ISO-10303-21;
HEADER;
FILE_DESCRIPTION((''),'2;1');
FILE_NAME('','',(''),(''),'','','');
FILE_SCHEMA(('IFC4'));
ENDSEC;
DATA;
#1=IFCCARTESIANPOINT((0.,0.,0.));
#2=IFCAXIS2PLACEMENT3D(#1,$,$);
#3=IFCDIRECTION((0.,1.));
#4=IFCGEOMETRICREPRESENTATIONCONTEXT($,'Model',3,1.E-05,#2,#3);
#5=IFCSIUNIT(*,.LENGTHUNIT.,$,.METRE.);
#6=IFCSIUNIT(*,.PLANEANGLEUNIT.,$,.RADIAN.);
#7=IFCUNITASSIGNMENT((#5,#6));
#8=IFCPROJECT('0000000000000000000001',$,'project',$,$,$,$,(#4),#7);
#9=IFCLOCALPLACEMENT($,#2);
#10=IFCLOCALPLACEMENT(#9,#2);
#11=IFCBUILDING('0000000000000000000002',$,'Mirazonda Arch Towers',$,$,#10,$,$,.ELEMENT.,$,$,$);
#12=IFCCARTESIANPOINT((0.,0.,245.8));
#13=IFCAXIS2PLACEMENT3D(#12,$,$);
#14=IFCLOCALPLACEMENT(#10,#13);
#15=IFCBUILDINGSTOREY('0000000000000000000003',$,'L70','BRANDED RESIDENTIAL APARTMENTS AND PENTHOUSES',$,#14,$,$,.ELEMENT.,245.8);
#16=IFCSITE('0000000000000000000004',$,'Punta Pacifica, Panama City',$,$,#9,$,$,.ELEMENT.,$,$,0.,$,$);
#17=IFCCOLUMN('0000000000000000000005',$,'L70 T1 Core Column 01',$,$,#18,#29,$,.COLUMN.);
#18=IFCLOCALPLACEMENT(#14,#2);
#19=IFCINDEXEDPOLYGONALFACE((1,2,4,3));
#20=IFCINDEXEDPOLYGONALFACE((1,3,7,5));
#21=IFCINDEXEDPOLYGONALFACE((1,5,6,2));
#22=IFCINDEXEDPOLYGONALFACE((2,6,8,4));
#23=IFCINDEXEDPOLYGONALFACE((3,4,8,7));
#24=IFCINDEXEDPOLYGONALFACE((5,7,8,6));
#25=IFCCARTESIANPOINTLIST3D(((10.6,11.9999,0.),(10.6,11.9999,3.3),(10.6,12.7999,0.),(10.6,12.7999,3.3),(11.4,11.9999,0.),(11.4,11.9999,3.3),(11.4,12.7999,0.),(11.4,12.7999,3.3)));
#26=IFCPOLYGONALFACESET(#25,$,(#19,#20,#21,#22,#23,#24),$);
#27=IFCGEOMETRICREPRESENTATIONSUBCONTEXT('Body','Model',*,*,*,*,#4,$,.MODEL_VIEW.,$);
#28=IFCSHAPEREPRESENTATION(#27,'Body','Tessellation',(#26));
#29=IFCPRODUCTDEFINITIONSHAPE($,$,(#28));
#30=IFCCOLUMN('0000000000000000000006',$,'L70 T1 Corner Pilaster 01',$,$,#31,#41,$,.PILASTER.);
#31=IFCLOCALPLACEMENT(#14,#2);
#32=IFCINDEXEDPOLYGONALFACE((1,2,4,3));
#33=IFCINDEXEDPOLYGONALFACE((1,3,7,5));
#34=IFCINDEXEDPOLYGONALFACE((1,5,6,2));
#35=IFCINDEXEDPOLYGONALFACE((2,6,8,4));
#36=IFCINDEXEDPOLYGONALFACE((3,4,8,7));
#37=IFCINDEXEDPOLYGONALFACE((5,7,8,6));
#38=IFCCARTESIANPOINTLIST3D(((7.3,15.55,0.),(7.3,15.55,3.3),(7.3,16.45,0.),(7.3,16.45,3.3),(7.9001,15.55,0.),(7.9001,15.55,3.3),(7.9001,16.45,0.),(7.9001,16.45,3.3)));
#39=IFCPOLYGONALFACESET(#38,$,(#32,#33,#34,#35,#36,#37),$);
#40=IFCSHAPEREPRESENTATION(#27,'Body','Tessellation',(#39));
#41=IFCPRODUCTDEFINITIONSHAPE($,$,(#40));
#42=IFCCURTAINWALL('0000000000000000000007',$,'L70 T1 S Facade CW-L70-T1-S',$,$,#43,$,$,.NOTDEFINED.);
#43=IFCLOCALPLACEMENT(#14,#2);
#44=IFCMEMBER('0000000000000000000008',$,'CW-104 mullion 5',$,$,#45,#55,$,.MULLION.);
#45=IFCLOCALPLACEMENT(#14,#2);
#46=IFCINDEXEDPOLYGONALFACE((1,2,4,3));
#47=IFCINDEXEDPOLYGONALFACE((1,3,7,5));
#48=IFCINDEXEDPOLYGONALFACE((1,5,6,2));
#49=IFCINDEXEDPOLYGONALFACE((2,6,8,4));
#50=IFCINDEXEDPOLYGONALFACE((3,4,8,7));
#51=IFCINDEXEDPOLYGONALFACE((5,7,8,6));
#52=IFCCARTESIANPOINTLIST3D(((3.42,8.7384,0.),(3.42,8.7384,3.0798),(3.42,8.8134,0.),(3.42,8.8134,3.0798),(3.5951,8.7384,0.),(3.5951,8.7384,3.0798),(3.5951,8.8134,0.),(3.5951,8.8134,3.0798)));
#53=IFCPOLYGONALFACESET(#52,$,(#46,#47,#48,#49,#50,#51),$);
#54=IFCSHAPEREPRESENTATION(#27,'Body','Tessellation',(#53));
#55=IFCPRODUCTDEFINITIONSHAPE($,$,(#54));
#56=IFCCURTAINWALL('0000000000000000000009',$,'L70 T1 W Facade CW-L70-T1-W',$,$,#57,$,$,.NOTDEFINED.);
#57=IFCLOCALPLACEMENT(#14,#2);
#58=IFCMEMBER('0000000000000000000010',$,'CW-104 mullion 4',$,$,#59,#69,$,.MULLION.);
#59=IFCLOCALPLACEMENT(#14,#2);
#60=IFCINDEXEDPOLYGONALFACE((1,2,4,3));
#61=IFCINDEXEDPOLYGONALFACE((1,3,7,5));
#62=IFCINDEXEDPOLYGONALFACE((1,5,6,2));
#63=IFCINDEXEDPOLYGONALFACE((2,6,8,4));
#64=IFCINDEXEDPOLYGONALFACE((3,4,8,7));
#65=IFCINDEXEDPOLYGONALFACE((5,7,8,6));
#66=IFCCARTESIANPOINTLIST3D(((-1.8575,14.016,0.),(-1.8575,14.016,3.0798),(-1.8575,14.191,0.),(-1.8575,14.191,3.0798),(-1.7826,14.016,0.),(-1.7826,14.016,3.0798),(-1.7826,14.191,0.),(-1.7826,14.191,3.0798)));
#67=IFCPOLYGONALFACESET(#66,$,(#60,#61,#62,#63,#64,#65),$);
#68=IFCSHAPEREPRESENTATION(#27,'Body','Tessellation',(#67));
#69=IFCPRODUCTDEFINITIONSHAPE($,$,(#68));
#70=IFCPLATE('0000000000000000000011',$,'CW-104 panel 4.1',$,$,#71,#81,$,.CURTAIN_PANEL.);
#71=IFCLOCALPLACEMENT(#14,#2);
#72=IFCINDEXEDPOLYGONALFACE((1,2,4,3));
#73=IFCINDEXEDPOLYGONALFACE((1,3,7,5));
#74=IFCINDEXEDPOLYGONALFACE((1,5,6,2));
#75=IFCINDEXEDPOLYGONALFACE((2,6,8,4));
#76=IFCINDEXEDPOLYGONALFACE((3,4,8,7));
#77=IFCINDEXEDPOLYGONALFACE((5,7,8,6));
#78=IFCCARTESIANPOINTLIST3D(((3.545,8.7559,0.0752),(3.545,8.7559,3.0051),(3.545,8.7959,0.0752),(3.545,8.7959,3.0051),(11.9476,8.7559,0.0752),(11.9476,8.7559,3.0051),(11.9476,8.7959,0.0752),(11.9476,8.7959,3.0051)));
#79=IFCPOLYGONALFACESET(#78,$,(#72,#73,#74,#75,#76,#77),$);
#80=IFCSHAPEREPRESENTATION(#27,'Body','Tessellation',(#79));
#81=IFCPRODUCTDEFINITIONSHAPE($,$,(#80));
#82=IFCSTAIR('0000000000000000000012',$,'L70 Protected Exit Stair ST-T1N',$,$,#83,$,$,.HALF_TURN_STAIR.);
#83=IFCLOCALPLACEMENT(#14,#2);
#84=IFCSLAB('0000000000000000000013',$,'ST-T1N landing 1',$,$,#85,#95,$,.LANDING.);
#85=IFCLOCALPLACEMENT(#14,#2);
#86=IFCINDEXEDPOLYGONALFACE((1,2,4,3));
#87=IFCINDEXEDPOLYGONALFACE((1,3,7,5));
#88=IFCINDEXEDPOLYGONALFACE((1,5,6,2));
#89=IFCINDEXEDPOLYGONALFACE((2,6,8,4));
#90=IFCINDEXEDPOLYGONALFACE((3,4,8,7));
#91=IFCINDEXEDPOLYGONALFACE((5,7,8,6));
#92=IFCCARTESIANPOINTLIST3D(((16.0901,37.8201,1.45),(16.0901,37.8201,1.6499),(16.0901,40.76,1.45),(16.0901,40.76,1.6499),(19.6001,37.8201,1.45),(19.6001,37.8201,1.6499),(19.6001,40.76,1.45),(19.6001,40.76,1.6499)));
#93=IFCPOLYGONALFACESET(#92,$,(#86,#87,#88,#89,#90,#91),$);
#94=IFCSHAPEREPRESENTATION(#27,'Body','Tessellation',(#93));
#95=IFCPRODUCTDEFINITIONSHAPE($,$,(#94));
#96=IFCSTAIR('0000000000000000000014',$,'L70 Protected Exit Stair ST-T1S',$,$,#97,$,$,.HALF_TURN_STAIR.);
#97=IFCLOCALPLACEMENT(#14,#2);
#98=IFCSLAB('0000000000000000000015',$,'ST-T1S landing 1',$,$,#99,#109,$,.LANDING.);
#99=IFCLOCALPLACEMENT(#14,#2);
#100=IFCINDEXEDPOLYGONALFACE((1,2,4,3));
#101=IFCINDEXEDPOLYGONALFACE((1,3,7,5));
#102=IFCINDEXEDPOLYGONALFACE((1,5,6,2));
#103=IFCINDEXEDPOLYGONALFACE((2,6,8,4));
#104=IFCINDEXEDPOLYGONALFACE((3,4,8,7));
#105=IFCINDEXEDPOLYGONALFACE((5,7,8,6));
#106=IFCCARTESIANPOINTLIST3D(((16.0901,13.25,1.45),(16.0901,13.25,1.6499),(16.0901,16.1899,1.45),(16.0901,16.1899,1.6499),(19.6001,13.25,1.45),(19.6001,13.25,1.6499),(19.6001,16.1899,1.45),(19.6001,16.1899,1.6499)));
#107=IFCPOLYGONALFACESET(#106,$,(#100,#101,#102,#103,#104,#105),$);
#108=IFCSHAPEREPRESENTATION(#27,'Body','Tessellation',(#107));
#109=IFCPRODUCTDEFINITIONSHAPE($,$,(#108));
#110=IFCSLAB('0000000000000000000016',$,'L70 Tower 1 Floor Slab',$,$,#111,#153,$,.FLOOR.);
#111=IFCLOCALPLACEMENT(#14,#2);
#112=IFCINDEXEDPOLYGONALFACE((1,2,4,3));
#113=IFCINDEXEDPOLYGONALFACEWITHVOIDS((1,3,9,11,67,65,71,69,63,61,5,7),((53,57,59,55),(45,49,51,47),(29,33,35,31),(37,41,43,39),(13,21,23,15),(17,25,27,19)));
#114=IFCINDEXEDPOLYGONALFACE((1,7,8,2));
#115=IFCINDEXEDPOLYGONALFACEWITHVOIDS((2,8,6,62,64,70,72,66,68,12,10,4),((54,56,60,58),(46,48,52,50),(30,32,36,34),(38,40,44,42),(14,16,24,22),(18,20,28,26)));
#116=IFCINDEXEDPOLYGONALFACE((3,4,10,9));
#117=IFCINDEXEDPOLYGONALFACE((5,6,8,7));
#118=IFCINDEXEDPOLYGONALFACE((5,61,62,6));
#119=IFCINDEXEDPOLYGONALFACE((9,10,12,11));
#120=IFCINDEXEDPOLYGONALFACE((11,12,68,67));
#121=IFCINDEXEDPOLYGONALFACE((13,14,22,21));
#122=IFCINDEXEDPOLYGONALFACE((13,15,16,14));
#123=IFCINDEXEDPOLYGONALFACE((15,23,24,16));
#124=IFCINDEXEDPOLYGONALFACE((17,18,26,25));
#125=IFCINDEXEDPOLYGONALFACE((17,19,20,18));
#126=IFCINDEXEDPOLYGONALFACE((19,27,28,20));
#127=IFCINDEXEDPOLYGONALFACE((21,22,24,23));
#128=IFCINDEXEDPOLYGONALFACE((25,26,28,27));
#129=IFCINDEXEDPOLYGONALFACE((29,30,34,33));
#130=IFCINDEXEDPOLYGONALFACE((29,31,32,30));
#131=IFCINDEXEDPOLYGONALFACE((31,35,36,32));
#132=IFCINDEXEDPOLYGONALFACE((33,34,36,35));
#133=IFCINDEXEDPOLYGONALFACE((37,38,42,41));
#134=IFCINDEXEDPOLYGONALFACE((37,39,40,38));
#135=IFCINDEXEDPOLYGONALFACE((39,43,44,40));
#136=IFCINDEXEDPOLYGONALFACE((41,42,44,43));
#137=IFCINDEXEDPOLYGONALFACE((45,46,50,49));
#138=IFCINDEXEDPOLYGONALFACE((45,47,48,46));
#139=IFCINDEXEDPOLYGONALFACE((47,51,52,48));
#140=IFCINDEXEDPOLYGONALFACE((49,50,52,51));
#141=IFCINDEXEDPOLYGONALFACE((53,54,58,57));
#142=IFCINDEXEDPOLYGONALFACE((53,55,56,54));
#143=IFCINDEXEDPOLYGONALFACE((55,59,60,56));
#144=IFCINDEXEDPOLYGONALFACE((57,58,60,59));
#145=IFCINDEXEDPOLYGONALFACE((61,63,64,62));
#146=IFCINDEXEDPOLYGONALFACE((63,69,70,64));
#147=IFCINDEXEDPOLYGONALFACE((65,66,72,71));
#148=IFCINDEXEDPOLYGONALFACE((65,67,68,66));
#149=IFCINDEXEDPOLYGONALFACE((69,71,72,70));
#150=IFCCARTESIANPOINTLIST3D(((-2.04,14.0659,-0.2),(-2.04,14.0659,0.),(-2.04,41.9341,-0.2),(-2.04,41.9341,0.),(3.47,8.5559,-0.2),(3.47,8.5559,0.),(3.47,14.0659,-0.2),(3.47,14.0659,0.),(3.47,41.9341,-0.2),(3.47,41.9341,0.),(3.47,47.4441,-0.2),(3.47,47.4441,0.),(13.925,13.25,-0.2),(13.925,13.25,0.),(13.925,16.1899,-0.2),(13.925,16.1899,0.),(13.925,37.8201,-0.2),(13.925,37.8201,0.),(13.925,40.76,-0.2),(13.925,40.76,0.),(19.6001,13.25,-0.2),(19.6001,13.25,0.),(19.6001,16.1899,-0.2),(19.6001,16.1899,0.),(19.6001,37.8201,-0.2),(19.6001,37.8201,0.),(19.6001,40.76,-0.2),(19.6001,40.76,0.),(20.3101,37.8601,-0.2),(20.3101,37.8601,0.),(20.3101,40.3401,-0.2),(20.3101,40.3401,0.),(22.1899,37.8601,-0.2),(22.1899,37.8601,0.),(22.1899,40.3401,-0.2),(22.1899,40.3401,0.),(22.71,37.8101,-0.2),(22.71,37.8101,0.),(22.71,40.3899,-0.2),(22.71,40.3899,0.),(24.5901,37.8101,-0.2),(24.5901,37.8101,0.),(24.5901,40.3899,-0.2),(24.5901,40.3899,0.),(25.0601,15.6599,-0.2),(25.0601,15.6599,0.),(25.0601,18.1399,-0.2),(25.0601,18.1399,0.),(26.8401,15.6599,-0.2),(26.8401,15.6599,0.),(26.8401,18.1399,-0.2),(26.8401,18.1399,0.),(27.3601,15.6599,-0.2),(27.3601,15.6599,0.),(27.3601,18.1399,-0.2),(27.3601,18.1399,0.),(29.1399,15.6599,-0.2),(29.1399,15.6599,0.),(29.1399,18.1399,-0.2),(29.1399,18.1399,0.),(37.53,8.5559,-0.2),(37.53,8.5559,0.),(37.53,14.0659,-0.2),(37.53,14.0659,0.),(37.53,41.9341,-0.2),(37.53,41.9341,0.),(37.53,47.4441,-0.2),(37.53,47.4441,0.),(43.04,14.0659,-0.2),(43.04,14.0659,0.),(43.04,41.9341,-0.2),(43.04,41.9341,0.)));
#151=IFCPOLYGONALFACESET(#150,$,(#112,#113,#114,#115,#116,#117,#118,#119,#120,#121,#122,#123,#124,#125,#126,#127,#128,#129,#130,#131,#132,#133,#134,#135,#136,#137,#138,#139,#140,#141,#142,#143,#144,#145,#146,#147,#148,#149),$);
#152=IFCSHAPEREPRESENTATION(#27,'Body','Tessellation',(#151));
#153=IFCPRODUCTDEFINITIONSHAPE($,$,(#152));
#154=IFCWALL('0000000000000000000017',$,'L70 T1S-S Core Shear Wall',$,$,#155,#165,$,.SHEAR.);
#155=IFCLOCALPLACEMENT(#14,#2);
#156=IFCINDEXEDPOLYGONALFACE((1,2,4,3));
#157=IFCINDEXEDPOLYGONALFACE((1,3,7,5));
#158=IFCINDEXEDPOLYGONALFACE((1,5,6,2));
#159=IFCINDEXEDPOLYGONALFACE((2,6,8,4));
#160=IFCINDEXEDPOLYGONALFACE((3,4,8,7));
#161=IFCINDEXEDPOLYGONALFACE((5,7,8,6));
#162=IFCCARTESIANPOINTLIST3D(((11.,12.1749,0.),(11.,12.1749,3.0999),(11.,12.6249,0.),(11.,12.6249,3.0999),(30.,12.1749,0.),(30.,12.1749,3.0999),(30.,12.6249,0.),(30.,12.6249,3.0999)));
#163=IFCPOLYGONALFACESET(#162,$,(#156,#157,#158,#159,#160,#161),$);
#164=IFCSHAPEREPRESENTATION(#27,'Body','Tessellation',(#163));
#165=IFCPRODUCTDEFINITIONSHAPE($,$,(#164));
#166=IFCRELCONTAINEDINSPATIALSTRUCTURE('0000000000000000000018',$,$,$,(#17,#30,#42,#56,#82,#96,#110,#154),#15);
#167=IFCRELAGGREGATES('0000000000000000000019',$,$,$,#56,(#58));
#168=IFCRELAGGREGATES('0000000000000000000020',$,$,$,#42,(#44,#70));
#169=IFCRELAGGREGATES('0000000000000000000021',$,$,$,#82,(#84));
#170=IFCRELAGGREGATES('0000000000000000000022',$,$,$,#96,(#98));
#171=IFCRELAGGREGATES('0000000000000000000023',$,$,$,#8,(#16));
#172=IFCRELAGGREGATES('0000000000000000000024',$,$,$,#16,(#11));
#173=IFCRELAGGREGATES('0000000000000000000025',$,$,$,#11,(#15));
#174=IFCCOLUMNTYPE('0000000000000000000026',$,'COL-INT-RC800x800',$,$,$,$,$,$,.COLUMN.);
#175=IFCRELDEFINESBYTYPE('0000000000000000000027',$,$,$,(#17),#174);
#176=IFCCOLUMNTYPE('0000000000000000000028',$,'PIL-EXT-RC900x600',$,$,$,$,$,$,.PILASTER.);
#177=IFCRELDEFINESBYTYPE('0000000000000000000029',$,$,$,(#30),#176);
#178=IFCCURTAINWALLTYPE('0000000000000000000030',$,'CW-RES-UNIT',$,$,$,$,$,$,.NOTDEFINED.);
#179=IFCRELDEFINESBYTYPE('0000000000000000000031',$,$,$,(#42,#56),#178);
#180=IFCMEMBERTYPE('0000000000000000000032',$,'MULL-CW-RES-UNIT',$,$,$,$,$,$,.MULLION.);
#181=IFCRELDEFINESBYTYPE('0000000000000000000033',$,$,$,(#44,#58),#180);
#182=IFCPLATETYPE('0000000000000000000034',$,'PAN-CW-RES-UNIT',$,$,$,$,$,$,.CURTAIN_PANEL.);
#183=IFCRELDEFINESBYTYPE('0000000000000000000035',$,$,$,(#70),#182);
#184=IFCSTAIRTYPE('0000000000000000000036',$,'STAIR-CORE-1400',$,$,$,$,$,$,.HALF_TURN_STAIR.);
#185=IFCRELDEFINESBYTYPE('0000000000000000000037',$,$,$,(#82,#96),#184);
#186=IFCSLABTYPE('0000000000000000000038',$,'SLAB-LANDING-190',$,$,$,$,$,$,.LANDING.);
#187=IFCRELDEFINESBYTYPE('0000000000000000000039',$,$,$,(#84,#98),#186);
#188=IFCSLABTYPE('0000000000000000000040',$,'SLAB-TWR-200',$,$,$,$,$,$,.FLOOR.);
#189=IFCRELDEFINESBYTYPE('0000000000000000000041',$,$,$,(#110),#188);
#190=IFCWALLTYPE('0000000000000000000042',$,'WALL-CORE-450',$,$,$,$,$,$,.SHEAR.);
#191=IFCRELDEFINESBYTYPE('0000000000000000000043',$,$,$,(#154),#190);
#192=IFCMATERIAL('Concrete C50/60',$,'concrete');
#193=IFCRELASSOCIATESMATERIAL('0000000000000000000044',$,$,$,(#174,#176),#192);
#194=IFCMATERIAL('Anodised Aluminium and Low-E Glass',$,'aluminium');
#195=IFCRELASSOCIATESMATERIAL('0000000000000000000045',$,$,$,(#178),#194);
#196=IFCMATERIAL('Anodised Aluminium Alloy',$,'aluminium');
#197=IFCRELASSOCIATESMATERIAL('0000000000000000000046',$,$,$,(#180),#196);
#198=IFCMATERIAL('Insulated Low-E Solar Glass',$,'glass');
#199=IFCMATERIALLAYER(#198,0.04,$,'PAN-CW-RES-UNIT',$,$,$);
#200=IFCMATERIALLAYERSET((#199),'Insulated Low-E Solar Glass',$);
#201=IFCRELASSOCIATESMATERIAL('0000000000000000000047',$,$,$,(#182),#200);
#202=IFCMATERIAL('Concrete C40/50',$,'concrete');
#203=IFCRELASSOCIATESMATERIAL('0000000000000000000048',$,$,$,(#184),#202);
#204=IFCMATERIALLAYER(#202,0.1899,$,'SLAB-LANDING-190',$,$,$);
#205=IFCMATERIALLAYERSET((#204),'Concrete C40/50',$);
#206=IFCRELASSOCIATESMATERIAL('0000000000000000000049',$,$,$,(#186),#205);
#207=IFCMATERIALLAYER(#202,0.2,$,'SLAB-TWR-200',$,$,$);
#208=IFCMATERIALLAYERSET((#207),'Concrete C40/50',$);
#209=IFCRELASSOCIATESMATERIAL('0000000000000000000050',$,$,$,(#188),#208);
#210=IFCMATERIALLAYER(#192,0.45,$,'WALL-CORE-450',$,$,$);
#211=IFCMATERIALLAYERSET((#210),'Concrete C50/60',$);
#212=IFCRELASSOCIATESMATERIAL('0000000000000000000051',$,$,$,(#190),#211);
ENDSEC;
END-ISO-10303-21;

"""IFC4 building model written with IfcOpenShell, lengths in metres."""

from ifc_helpers import new_model, si_unit, direction, frame, frame_2d, origin, origin_2d, place, context, subcontext, project, spatial, polyline, rectangle, outline, extrude, material, layer, layer_set, material_profile, profile_set, type_object, element, aggregate, save


model = new_model("IFC4")

# Units and contexts
model_context = context("Model", 3, precision=1e-05, world=origin(), true_north=direction((0.0, 1.0)))
body_context = subcontext(model_context, "Body", "Model", "MODEL_VIEW")
ifc_project = project(units=[si_unit("LENGTHUNIT", "METRE"), si_unit("PLANEANGLEUNIT", "RADIAN")], contexts=[model_context])

# Site, building, storey
site_placement = place(None, origin())
site = spatial("IfcSite", under=ifc_project, at=site_placement, Name="Punta Pacifica, Panama City", CompositionType="ELEMENT", RefElevation=0.0)
building_placement = place(site_placement, origin())
building = spatial("IfcBuilding", under=site, at=building_placement, Name="Mirazonda Arch Towers", CompositionType="ELEMENT")
storey_placement = place(building_placement, frame((0.0, 0.0, 245.8)))
storey = spatial("IfcBuildingStorey", under=building, at=storey_placement, Name="L70", Description="BRANDED RESIDENTIAL APARTMENTS AND PENTHOUSES", CompositionType="ELEMENT", Elevation=245.8)

# Columns
ifc_material_1 = material(Name="Concrete C50/60", Category="concrete")
ifc_material_profile_1 = material_profile(ifc_material_1, rectangle(XDim=0.8, YDim=0.8, at=origin_2d()), Name="RC800x800")
ifc_profile_set_1 = profile_set([ifc_material_profile_1], Name="Concrete C50/60")
column_type_1 = type_object("IfcColumnType", Name="COL-INT-RC800x800", PredefinedType="COLUMN", material=ifc_profile_set_1)
column_1_placement = place(storey_placement, frame((11.0, 12.3999, 0.0), z_axis=(0.0, 0.0, 1.0), x_axis=(1.0, 0.0, 0.0)))
element("IfcColumn", 1, at=column_1_placement, inside=storey, type_object=column_type_1, Name="L70 T1 Core Column 01", PredefinedType="COLUMN", context=body_context, shape_type="SweptSolid", body=[
    extrude(rectangle(XDim=0.8, YDim=0.8, at=origin_2d()), origin(), (0.0, 0.0, 1.0), 3.3),
])
ifc_material_profile_2 = material_profile(ifc_material_1, rectangle(XDim=0.6001, YDim=0.8999, at=origin_2d()), Name="RC900x600")
ifc_profile_set_2 = profile_set([ifc_material_profile_2], Name="Concrete C50/60")
column_type_2 = type_object("IfcColumnType", Name="PIL-EXT-RC900x600", PredefinedType="PILASTER", material=ifc_profile_set_2)
column_2_placement = place(storey_placement, frame((7.6001, 16.0, 0.0), z_axis=(0.0, 0.0, 1.0), x_axis=(1.0, 0.0, 0.0)))
element("IfcColumn", 2, at=column_2_placement, inside=storey, type_object=column_type_2, Name="L70 T1 Corner Pilaster 01", PredefinedType="PILASTER", context=body_context, shape_type="SweptSolid", body=[
    extrude(rectangle(XDim=0.6001, YDim=0.8999, at=origin_2d()), origin(), (0.0, 0.0, 1.0), 3.3),
])

# Curtain walls, members
ifc_material_2 = material(Name="Anodised Aluminium and Low-E Glass", Category="aluminium")
curtain_wall_type = type_object("IfcCurtainWallType", Name="CW-RES-UNIT", PredefinedType="NOTDEFINED", material=ifc_material_2)
curtain_wall_1_placement = place(storey_placement, origin())
curtain_wall_1 = element("IfcCurtainWall", 3, at=curtain_wall_1_placement, inside=storey, type_object=curtain_wall_type, Name="L70 T1 S Facade CW-L70-T1-S", PredefinedType="NOTDEFINED")
ifc_material_3 = material(Name="Anodised Aluminium Alloy", Category="aluminium")
ifc_material_profile_3 = material_profile(ifc_material_3, rectangle(XDim=0.075, YDim=0.175, at=origin_2d()), Name="ALU-MULL-75x175")
ifc_profile_set_3 = profile_set([ifc_material_profile_3], Name="Anodised Aluminium Alloy")
member_type = type_object("IfcMemberType", Name="MULL-CW-RES-UNIT", PredefinedType="MULLION", material=ifc_profile_set_3)
member_1_placement = place(storey_placement, frame((3.5076, 8.7759, 0.0), z_axis=(0.0, 0.0, 1.0), x_axis=(0.0, -1.0, 0.0)))
member_1 = element("IfcMember", 4, at=member_1_placement, type_object=member_type, Name="CW-104 mullion 5", PredefinedType="MULLION", context=body_context, shape_type="SweptSolid", body=[
    extrude(rectangle(XDim=0.075, YDim=0.175, at=origin_2d()), origin(), (0.0, 0.0, 1.0), 3.0798),
])
curtain_wall_2_placement = place(storey_placement, origin())
curtain_wall_2 = element("IfcCurtainWall", 5, at=curtain_wall_2_placement, inside=storey, type_object=curtain_wall_type, Name="L70 T1 W Facade CW-L70-T1-W", PredefinedType="NOTDEFINED")
member_2_placement = place(storey_placement, frame((-1.8201, 14.1035, 0.0), z_axis=(0.0, 0.0, 1.0), x_axis=(1.0, 0.0, 0.0)))
member_2 = element("IfcMember", 6, at=member_2_placement, type_object=member_type, Name="CW-104 mullion 4", PredefinedType="MULLION", context=body_context, shape_type="SweptSolid", body=[
    extrude(rectangle(XDim=0.075, YDim=0.175, at=origin_2d()), origin(), (0.0, 0.0, 1.0), 3.0798),
])
aggregate(curtain_wall_2, [member_2])

# Plate
ifc_material_4 = material(Name="Insulated Low-E Solar Glass", Category="glass")
ifc_layer_1 = layer(ifc_material_4, 0.04, Name="PAN-CW-RES-UNIT")
ifc_layer_set_1 = layer_set([ifc_layer_1], Name="Insulated Low-E Solar Glass")
plate_type = type_object("IfcPlateType", Name="PAN-CW-RES-UNIT", PredefinedType="CURTAIN_PANEL", material=ifc_layer_set_1)
plate_placement = place(storey_placement, frame((7.7463, 8.7759, 0.0752), z_axis=(0.0, 0.0, 1.0), x_axis=(-1.0, 0.0, 0.0)))
plate = element("IfcPlate", 7, at=plate_placement, type_object=plate_type, Name="CW-104 panel 4.1", PredefinedType="CURTAIN_PANEL", context=body_context, shape_type="SweptSolid", body=[
    extrude(rectangle(XDim=8.4026, YDim=0.04, at=origin_2d()), origin(), (0.0, 0.0, 1.0), 2.9299),
])
aggregate(curtain_wall_1, [member_1, plate])

# Stairs, slabs
ifc_material_5 = material(Name="Concrete C40/50", Category="concrete")
stair_type = type_object("IfcStairType", Name="STAIR-CORE-1400", PredefinedType="HALF_TURN_STAIR", material=ifc_material_5)
stair_1_placement = place(storey_placement, origin())
stair_1 = element("IfcStair", 8, at=stair_1_placement, inside=storey, type_object=stair_type, Name="L70 Protected Exit Stair ST-T1N", PredefinedType="HALF_TURN_STAIR")
ifc_layer_2 = layer(ifc_material_5, 0.1899, Name="SLAB-LANDING-190")
ifc_layer_set_2 = layer_set([ifc_layer_2], Name="Concrete C40/50")
slab_type_1 = type_object("IfcSlabType", Name="SLAB-LANDING-190", PredefinedType="LANDING", material=ifc_layer_set_2)
slab_1_placement = place(storey_placement, frame((0.0, 0.0, 1.45)))
slab_1 = element("IfcSlab", 9, at=slab_1_placement, type_object=slab_type_1, Name="ST-T1N landing 1", PredefinedType="LANDING", context=body_context, shape_type="SweptSolid", body=[
    extrude(outline(polyline([(16.0901, 37.8201), (19.6001, 37.8201), (19.6001, 40.76), (16.0901, 40.76), (16.0901, 37.8201)])), origin(), (0.0, 0.0, 1.0), 0.2),
])
aggregate(stair_1, [slab_1])
stair_2_placement = place(storey_placement, origin())
stair_2 = element("IfcStair", 10, at=stair_2_placement, inside=storey, type_object=stair_type, Name="L70 Protected Exit Stair ST-T1S", PredefinedType="HALF_TURN_STAIR")
slab_2_placement = place(storey_placement, frame((0.0, 0.0, 1.45)))
slab_2 = element("IfcSlab", 11, at=slab_2_placement, type_object=slab_type_1, Name="ST-T1S landing 1", PredefinedType="LANDING", context=body_context, shape_type="SweptSolid", body=[
    extrude(outline(polyline([(16.0901, 13.25), (19.6001, 13.25), (19.6001, 16.1899), (16.0901, 16.1899), (16.0901, 13.25)])), origin(), (0.0, 0.0, 1.0), 0.2),
])
aggregate(stair_2, [slab_2])

# Slab
ifc_layer_3 = layer(ifc_material_5, 0.2, Name="SLAB-TWR-200")
ifc_layer_set_3 = layer_set([ifc_layer_3], Name="Concrete C40/50")
slab_type_2 = type_object("IfcSlabType", Name="SLAB-TWR-200", PredefinedType="FLOOR", material=ifc_layer_set_3)
slab_3_placement = place(storey_placement, frame((0.0, 0.0, -0.2)))
element("IfcSlab", 12, at=slab_3_placement, inside=storey, type_object=slab_type_2, Name="L70 Tower 1 Floor Slab", PredefinedType="FLOOR", context=body_context, shape_type="SweptSolid", body=[
    extrude(outline(polyline([(3.47, 8.5559), (37.53, 8.5559), (37.53, 14.0659), (43.04, 14.0659), (43.04, 41.9341), (37.53, 41.9341), (37.53, 47.4441), (3.47, 47.4441), (3.47, 41.9341), (-2.04, 41.9341), (-2.04, 14.0659), (3.47, 14.0659), (3.47, 8.5559)]), holes=[polyline([(27.3601, 18.1399), (29.1399, 18.1399), (29.1399, 15.6599), (27.3601, 15.6599), (27.3601, 18.1399)]), polyline([(25.0601, 18.1399), (26.8401, 18.1399), (26.8401, 15.6599), (25.0601, 15.6599), (25.0601, 18.1399)]), polyline([(22.71, 40.3899), (24.5901, 40.3899), (24.5901, 37.8101), (22.71, 37.8101), (22.71, 40.3899)]), polyline([(20.3101, 37.8601), (20.3101, 40.3401), (22.1899, 40.3401), (22.1899, 37.8601), (20.3101, 37.8601)]), polyline([(19.6001, 13.25), (13.925, 13.25), (13.925, 16.1899), (19.6001, 16.1899), (19.6001, 13.25)]), polyline([(13.925, 37.8201), (13.925, 40.76), (19.6001, 40.76), (19.6001, 37.8201), (13.925, 37.8201)])]), origin(), (0.0, 0.0, 1.0), 0.2),
])

# Wall
ifc_layer_4 = layer(ifc_material_1, 0.45, Name="WALL-CORE-450")
ifc_layer_set_4 = layer_set([ifc_layer_4], Name="Concrete C50/60")
wall_type_1 = type_object("IfcWallType", Name="WALL-CORE-450", PredefinedType="SHEAR", material=ifc_layer_set_4)
wall_1_placement = place(storey_placement, frame((11.0, 12.3999, 0.0), z_axis=(0.0, 0.0, 1.0), x_axis=(1.0, 0.0, 0.0)))
element("IfcWall", 13, at=wall_1_placement, inside=storey, type_object=wall_type_1, Name="L70 T1S-S Core Shear Wall", PredefinedType="SHEAR", context=body_context, shape_type="SweptSolid", body=[
    extrude(rectangle(XDim=19.0, YDim=0.45, at=frame_2d((9.5, 0.0))), origin(), (0.0, 0.0, 1.0), 3.0999),
])

save(model, "model.ifc")
